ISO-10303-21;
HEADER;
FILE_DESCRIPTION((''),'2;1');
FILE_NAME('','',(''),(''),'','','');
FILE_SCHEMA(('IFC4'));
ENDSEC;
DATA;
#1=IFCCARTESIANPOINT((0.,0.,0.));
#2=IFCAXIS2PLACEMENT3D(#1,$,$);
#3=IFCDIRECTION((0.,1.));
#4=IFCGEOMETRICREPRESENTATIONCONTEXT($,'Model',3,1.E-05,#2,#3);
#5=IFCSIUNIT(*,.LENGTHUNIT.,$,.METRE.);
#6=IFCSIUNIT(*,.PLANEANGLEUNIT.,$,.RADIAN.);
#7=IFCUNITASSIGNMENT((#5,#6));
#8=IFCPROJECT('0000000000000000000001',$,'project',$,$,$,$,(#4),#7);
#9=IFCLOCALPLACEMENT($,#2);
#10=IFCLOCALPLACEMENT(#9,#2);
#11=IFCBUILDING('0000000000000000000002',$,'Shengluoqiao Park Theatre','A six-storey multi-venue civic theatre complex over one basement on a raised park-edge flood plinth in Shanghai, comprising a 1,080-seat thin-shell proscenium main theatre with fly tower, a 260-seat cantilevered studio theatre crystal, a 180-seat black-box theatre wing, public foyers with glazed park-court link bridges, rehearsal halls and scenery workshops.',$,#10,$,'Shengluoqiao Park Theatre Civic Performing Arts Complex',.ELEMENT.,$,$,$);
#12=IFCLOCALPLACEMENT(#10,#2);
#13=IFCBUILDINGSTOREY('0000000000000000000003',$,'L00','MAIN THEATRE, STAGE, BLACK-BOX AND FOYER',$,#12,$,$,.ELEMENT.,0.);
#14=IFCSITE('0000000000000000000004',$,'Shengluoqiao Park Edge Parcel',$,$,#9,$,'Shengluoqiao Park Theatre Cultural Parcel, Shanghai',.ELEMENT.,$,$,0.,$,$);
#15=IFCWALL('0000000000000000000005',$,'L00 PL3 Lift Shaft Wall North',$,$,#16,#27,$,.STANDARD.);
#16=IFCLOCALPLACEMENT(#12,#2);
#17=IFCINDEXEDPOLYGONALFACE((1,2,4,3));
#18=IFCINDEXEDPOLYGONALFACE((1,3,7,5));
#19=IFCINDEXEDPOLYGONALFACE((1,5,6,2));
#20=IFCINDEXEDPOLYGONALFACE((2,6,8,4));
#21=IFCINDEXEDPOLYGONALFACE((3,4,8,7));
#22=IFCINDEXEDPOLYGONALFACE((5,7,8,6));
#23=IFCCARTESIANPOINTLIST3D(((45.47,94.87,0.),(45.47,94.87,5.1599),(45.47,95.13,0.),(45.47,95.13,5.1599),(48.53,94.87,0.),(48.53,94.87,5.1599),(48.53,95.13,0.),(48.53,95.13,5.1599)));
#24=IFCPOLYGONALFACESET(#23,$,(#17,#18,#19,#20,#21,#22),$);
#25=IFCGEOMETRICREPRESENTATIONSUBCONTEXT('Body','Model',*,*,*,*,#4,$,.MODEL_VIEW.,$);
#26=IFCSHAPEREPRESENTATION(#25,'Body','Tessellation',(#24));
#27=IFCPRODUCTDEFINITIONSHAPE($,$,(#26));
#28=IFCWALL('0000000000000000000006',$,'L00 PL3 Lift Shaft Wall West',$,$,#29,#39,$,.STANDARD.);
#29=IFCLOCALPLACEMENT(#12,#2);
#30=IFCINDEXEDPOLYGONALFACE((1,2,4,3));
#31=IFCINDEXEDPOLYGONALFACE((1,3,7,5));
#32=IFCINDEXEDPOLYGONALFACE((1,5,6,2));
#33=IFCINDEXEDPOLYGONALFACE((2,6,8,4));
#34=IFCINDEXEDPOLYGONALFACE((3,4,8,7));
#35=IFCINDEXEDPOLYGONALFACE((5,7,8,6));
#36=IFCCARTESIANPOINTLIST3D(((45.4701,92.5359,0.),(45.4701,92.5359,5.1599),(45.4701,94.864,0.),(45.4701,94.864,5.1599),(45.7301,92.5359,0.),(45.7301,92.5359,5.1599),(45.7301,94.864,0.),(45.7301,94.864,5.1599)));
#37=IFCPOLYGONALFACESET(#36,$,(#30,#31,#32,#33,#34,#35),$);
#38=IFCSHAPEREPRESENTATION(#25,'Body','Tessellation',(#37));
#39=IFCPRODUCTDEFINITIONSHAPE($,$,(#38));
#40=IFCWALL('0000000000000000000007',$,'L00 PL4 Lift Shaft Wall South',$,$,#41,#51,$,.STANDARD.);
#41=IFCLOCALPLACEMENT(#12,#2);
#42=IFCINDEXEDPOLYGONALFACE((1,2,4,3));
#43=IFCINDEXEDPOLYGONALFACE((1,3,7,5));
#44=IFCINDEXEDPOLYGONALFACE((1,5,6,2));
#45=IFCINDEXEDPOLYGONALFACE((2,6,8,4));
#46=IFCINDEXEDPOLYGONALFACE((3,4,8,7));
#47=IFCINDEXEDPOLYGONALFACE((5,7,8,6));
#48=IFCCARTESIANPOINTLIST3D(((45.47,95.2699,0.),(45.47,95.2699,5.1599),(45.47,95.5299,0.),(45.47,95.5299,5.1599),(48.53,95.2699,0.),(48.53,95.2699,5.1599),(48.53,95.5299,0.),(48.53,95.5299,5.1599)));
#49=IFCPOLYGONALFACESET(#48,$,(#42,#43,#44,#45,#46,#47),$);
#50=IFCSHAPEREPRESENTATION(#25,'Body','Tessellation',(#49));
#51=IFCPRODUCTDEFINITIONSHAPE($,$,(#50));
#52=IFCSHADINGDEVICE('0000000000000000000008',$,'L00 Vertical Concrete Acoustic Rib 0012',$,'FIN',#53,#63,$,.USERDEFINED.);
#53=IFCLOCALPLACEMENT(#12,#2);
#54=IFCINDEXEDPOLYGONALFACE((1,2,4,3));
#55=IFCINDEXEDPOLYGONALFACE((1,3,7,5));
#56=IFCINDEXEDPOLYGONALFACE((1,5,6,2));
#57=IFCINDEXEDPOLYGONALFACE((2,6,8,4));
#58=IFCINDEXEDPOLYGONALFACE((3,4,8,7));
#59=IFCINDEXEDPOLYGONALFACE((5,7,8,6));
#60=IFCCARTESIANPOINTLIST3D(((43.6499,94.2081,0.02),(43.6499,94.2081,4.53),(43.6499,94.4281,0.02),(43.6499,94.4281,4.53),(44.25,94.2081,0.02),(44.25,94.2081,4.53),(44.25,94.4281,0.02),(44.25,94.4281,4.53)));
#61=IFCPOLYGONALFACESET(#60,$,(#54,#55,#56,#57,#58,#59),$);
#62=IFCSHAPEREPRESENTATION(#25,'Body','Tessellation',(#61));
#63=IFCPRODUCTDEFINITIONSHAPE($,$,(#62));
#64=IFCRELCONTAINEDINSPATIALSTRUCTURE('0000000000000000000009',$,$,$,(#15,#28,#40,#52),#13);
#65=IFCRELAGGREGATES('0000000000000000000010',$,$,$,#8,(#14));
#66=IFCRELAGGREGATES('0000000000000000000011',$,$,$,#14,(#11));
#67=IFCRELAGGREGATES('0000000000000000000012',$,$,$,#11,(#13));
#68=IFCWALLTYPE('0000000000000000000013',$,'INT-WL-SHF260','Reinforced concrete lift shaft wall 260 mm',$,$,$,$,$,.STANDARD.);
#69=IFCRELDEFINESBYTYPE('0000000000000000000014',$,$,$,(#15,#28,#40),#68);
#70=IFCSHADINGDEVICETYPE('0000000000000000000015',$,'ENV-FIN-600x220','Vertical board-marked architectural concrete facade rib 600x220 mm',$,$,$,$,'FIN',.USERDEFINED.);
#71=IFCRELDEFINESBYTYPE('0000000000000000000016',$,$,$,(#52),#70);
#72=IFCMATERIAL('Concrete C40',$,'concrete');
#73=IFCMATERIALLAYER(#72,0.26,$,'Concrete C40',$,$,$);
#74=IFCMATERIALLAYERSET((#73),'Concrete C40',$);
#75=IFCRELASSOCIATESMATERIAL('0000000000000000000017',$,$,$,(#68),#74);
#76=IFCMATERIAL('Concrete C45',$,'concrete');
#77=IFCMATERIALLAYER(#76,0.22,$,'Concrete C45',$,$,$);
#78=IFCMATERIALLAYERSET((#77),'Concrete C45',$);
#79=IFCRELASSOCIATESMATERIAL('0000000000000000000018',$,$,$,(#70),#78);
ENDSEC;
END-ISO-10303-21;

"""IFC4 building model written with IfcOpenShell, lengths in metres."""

from ifc_helpers import new_model, si_unit, direction, frame, frame_2d, origin, origin_2d, place, context, subcontext, project, spatial, rectangle, extrude, material, layer, layer_set, type_object, element, save


model = new_model("IFC4")

# Units and contexts
model_context = context("Model", 3, precision=1e-05, world=origin(), true_north=direction((0.0, 1.0)))
body_context = subcontext(model_context, "Body", "Model", "MODEL_VIEW")
ifc_project = project(units=[si_unit("LENGTHUNIT", "METRE"), si_unit("PLANEANGLEUNIT", "RADIAN")], contexts=[model_context])

# Site, building, storey
site_placement = place(None, origin())
site = spatial("IfcSite", under=ifc_project, at=site_placement, Name="Shengluoqiao Park Edge Parcel", LongName="Shengluoqiao Park Theatre Cultural Parcel, Shanghai", CompositionType="ELEMENT", RefElevation=0.0)
building_placement = place(site_placement, origin())
building = spatial("IfcBuilding", under=site, at=building_placement, Name="Shengluoqiao Park Theatre", Description="A six-storey multi-venue civic theatre complex over one basement on a raised park-edge flood plinth in Shanghai, comprising a 1,080-seat thin-shell proscenium main theatre with fly tower, a 260-seat cantilevered studio theatre crystal, a 180-seat black-box theatre wing, public foyers with glazed park-court link bridges, rehearsal halls and scenery workshops.", LongName="Shengluoqiao Park Theatre Civic Performing Arts Complex", CompositionType="ELEMENT")
storey_placement = place(building_placement, origin())
storey = spatial("IfcBuildingStorey", under=building, at=storey_placement, Name="L00", Description="MAIN THEATRE, STAGE, BLACK-BOX AND FOYER", CompositionType="ELEMENT", Elevation=0.0)

# Walls
ifc_material_1 = material(Name="Concrete C45", Category="concrete")
ifc_material_2 = material(Name="Concrete C40", Category="concrete")
ifc_layer_1 = layer(ifc_material_2, 0.26, Name="Concrete C40")
ifc_layer_set_1 = layer_set([ifc_layer_1], Name="Concrete C40")
wall_type_1 = type_object("IfcWallType", Name="INT-WL-SHF260", Description="Reinforced concrete lift shaft wall 260 mm", PredefinedType="STANDARD", material=ifc_layer_set_1)
for number, where, z_axis, x_axis, name in (
    (1, (45.47, 95.0, 0.0), (0.0, 0.0, 1.0), (1.0, 0.0, 0.0), "L00 PL3 Lift Shaft Wall North"),
):
    element("IfcWall", number, at=place(storey_placement, frame(where, z_axis=z_axis, x_axis=x_axis)), inside=storey, type_object=wall_type_1, Name=name, PredefinedType="STANDARD", context=body_context, shape_type="SweptSolid", body=[
        extrude(rectangle(XDim=3.0601, YDim=0.26, at=frame_2d((1.53, 0.0))), origin(), (0.0, 0.0, 1.0), 5.1599),
    ])
wall_1_placement = place(storey_placement, frame((45.6001, 92.5359, 0.0), z_axis=(0.0, 0.0, 1.0), x_axis=(0.0, 1.0, 0.0)))
element("IfcWall", 2, at=wall_1_placement, inside=storey, type_object=wall_type_1, Name="L00 PL3 Lift Shaft Wall West", PredefinedType="STANDARD", context=body_context, shape_type="SweptSolid", body=[
    extrude(rectangle(XDim=2.3281, YDim=0.26, at=frame_2d((1.1641, 0.0))), origin(), (0.0, 0.0, 1.0), 5.1599),
])

# Wall
wall_2_placement = place(storey_placement, frame((45.47, 95.3999, 0.0), z_axis=(0.0, 0.0, 1.0), x_axis=(1.0, 0.0, 0.0)))
element("IfcWall", 3, at=wall_2_placement, inside=storey, type_object=wall_type_1, Name="L00 PL4 Lift Shaft Wall South", PredefinedType="STANDARD", context=body_context, shape_type="SweptSolid", body=[
    extrude(rectangle(XDim=3.0601, YDim=0.26, at=frame_2d((1.53, 0.0))), origin(), (0.0, 0.0, 1.0), 5.1599),
])

# Shading device
ifc_layer_2 = layer(ifc_material_1, 0.22, Name="Concrete C45")
ifc_layer_set_2 = layer_set([ifc_layer_2], Name="Concrete C45")
shading_device_type = type_object("IfcShadingDeviceType", Name="ENV-FIN-600x220", Description="Vertical board-marked architectural concrete facade rib 600x220 mm", ElementType="FIN", PredefinedType="USERDEFINED", material=ifc_layer_set_2)
shading_device_placement = place(storey_placement, frame((43.95, 94.3181, 0.02), z_axis=(0.0, 0.0, 1.0), x_axis=(-1.0, 0.0, 0.0)))
element("IfcShadingDevice", 4, at=shading_device_placement, inside=storey, type_object=shading_device_type, Name="L00 Vertical Concrete Acoustic Rib 0012", ObjectType="FIN", PredefinedType="USERDEFINED", context=body_context, shape_type="SweptSolid", body=[
    extrude(rectangle(XDim=0.6001, YDim=0.22, at=origin_2d()), origin(), (0.0, 0.0, 1.0), 4.51),
])

save(model, "model.ifc")
